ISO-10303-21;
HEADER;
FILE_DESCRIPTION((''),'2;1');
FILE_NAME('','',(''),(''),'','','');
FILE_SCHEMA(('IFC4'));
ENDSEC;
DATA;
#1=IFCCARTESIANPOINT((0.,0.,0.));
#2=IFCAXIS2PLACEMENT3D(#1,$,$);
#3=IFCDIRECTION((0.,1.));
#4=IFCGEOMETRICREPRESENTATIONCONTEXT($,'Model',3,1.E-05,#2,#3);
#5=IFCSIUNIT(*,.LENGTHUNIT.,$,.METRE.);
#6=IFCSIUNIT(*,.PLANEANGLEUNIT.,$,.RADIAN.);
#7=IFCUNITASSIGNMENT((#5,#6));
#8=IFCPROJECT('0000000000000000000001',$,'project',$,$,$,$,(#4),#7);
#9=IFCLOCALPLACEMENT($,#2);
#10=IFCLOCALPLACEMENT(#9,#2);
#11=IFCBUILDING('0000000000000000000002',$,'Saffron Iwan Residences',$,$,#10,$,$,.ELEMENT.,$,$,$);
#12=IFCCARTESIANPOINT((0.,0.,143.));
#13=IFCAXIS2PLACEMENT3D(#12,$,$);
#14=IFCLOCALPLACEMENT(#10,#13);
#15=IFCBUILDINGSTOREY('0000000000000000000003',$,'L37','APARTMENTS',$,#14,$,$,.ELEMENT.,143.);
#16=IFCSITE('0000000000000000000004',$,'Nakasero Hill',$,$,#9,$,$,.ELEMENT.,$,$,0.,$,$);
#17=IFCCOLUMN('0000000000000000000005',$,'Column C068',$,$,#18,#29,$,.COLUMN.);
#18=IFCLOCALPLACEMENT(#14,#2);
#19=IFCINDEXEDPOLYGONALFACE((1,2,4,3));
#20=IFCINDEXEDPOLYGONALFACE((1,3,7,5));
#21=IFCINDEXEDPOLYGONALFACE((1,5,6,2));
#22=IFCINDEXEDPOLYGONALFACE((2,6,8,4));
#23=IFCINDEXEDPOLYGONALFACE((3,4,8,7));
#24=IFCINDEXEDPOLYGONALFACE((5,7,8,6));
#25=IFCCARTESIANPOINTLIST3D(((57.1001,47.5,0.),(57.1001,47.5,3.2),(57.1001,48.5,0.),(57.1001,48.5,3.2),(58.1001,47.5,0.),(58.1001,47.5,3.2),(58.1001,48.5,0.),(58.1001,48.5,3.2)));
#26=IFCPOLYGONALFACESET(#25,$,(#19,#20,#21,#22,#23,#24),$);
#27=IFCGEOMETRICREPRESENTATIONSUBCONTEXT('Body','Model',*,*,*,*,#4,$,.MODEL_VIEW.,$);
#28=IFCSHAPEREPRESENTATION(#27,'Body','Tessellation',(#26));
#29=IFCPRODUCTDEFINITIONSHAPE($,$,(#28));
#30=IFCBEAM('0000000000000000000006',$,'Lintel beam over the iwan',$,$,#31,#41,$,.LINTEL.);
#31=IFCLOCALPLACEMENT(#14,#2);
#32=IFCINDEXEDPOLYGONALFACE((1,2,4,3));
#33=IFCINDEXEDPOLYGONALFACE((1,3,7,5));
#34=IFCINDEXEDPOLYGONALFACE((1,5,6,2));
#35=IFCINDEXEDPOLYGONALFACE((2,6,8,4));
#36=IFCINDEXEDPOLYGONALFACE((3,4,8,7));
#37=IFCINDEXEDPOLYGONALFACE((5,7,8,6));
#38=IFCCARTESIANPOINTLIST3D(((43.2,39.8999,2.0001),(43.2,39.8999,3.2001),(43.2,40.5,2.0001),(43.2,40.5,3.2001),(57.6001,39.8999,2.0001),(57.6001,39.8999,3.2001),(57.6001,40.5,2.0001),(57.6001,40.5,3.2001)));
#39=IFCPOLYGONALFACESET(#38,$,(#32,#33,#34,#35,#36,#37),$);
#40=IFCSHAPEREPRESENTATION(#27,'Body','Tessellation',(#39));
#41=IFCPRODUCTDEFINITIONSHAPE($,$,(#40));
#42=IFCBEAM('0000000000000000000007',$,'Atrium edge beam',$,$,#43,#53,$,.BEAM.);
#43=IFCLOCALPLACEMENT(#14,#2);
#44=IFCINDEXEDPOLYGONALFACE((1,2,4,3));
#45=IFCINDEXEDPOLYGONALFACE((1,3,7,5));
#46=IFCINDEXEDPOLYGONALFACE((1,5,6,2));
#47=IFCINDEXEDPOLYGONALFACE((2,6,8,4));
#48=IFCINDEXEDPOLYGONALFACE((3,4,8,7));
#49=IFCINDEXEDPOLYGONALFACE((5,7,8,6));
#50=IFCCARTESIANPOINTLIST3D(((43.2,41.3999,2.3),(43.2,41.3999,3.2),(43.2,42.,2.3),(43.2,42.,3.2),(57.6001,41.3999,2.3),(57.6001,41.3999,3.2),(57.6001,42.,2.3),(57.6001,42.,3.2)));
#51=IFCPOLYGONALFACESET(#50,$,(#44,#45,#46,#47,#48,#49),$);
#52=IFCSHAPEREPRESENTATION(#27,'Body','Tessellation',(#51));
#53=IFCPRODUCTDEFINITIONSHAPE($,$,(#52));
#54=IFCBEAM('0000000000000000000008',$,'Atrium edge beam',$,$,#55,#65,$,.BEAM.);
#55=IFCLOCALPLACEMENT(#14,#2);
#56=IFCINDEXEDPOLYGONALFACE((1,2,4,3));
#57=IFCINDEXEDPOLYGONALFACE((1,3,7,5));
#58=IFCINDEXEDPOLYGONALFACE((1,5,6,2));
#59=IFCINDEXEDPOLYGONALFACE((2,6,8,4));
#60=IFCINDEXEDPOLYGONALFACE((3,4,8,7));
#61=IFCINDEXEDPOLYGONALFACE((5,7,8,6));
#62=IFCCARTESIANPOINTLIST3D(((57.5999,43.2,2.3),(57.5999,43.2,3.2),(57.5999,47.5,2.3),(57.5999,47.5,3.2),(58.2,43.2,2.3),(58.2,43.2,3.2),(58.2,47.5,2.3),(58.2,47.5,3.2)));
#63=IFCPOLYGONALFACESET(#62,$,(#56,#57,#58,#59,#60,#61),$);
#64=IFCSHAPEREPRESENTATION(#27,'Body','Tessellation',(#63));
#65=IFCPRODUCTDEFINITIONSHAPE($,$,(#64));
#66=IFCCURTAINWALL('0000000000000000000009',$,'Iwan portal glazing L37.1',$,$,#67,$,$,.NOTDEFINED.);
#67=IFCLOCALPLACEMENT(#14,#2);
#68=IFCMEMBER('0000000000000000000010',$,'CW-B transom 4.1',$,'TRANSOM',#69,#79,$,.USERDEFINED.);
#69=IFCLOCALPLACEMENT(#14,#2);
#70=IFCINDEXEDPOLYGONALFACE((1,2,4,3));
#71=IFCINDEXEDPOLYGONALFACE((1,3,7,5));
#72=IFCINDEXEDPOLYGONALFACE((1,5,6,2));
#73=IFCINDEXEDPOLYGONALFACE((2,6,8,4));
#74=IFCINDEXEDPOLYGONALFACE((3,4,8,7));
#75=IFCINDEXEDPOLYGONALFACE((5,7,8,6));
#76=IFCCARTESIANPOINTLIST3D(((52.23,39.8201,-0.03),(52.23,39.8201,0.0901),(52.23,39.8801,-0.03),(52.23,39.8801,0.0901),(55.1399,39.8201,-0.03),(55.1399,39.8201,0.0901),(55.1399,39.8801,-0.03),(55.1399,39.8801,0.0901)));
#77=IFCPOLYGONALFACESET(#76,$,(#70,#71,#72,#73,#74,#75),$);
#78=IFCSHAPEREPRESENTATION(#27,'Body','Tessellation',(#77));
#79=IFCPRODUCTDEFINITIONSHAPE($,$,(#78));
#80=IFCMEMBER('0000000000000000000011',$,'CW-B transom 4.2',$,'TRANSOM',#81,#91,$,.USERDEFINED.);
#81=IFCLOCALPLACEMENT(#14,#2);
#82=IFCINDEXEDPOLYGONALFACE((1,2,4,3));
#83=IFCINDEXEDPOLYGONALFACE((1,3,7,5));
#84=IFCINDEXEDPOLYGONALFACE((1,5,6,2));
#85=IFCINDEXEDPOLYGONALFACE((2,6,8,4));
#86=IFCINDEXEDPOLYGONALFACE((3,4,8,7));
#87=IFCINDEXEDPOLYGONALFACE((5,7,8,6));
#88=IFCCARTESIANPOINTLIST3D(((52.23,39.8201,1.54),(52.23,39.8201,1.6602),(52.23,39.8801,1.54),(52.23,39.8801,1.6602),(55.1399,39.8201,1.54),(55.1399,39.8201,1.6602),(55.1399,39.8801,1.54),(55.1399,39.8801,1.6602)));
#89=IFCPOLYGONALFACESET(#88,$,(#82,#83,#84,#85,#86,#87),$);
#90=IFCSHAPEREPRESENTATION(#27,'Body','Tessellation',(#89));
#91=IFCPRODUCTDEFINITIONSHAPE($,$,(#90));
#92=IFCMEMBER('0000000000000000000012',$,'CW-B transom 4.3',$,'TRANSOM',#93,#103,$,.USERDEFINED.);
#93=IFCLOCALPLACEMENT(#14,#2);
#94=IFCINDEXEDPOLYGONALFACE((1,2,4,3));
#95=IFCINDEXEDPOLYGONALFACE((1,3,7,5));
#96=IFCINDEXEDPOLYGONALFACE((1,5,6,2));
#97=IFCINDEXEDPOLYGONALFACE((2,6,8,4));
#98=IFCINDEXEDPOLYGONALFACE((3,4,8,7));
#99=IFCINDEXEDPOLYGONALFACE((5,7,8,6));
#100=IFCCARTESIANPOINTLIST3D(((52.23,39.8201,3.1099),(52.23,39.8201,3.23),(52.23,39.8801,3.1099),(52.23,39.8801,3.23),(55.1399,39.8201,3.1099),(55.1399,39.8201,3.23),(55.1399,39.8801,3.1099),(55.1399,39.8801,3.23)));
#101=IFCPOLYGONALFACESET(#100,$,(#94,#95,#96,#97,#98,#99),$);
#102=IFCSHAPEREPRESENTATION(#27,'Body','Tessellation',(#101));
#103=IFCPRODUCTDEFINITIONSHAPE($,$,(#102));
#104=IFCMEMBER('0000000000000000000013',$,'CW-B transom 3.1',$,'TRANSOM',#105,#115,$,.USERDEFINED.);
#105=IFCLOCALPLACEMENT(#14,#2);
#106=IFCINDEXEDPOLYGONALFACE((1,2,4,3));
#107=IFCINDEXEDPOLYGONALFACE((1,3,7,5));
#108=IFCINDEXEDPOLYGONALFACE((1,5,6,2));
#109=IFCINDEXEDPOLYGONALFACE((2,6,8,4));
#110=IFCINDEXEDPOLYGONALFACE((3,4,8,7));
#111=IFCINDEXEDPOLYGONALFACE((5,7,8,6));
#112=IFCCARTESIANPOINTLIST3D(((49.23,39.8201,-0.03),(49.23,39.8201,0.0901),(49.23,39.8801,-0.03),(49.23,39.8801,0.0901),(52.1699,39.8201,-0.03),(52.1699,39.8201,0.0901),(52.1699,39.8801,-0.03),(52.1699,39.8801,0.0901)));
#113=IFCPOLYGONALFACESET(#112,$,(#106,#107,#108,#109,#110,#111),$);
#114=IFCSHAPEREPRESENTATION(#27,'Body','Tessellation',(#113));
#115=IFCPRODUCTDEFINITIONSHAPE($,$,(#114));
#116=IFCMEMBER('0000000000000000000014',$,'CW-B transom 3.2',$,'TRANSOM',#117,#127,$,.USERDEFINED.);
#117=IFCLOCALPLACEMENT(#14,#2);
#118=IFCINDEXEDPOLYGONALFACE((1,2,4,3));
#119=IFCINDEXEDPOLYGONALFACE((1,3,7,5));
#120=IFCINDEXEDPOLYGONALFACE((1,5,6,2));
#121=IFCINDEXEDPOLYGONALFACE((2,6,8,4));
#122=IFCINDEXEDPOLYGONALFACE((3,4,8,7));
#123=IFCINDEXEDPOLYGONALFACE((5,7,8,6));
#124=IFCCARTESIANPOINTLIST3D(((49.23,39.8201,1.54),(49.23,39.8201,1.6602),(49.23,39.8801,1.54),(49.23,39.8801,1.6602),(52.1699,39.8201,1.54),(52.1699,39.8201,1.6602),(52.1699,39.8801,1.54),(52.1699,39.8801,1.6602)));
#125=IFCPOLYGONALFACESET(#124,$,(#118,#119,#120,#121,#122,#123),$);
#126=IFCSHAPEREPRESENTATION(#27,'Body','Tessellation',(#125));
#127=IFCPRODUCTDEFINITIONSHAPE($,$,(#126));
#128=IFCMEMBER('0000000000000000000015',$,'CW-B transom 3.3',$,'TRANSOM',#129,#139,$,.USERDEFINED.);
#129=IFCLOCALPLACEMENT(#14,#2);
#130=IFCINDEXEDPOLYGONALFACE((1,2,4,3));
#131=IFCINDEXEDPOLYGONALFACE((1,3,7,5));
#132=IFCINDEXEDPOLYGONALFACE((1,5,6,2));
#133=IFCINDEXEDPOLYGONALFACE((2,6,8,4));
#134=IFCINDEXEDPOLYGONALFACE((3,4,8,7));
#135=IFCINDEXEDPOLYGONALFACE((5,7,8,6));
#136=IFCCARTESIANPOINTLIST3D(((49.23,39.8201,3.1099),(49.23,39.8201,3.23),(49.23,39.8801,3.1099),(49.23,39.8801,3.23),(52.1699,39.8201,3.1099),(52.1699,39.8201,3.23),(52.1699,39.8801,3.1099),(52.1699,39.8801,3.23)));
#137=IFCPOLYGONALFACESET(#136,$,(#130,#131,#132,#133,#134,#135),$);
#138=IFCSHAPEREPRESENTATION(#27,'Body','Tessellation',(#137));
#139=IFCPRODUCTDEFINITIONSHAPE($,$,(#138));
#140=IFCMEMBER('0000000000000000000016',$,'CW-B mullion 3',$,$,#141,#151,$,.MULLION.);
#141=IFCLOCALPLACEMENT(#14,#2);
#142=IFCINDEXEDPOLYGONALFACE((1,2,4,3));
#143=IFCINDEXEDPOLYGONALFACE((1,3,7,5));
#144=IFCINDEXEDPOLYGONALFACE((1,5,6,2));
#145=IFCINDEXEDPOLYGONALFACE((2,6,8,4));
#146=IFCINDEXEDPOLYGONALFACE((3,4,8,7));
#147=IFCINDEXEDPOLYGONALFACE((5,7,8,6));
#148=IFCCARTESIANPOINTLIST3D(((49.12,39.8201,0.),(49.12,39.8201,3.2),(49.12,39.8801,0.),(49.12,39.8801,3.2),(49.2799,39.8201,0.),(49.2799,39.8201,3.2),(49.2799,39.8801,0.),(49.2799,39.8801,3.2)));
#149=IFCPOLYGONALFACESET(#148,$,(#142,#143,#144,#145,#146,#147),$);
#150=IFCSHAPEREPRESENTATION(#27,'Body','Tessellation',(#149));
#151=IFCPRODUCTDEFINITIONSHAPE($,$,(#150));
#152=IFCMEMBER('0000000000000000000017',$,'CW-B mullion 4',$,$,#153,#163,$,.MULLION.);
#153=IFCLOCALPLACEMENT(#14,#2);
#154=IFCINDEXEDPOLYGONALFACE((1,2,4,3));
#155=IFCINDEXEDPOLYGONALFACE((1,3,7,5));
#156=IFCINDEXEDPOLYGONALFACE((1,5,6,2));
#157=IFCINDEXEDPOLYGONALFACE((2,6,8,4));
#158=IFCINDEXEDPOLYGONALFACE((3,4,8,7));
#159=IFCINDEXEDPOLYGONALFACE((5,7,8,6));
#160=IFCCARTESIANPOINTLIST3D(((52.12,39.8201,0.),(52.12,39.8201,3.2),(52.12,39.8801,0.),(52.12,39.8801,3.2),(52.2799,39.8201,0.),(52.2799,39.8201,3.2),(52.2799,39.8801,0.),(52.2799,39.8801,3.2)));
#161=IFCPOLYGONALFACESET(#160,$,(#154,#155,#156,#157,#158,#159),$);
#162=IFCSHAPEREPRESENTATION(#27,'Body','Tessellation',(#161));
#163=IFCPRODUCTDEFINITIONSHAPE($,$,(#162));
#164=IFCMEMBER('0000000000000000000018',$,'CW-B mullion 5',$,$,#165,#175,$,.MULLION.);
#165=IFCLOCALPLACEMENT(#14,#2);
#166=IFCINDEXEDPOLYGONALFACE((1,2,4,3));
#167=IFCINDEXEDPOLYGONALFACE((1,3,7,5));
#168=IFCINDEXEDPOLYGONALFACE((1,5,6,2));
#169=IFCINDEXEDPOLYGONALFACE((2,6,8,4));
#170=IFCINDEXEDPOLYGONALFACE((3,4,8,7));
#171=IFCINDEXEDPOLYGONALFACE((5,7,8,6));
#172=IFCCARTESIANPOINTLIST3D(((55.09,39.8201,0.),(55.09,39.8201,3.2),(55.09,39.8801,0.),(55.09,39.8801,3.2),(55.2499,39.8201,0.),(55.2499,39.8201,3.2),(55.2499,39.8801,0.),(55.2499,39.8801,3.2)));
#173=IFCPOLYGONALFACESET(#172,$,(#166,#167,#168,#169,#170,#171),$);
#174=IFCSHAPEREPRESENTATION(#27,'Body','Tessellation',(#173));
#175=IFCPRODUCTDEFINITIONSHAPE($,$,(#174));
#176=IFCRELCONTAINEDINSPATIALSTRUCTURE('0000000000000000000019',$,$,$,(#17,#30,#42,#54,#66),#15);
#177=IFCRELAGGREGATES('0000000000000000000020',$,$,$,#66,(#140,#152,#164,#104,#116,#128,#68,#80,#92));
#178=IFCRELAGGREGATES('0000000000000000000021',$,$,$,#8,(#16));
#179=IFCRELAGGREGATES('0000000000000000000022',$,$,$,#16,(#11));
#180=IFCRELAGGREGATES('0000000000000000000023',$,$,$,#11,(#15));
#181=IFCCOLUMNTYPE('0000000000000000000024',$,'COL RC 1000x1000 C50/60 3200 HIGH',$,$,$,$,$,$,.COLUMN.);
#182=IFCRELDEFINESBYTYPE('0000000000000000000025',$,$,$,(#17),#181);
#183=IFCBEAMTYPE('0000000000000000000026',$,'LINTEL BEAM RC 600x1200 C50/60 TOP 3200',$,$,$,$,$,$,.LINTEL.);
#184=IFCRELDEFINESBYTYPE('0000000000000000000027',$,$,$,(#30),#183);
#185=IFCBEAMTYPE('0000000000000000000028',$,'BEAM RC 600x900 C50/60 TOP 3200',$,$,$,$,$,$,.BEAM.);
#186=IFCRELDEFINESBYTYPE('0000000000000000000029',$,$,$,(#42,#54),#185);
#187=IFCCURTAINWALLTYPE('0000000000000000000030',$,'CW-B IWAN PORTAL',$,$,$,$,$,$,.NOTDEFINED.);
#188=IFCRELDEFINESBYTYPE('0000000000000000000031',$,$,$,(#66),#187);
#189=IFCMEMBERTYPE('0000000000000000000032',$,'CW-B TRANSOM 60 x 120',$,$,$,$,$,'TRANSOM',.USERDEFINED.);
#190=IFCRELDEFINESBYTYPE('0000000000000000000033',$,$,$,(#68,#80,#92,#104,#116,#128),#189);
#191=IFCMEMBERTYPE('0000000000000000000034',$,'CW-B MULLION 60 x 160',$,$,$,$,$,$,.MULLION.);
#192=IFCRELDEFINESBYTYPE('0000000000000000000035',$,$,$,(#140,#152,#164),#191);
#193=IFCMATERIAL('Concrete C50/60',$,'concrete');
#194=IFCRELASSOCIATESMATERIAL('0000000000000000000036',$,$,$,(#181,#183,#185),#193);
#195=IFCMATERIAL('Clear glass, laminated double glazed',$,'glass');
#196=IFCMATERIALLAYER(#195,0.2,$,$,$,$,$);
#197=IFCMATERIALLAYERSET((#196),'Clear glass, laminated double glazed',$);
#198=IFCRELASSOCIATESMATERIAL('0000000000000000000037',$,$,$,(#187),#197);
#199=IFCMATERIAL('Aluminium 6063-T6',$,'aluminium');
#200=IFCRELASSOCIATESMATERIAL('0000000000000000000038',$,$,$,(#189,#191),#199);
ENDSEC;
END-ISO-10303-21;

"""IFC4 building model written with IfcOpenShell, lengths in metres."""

from ifc_helpers import new_model, si_unit, direction, frame, origin, origin_2d, place, context, subcontext, project, spatial, rectangle, extrude, source, transform, mapped, material, layer, layer_set, material_profile, profile_set, type_object, element, aggregate, save


model = new_model("IFC4")

# Units and contexts
model_context = context("Model", 3, precision=1e-05, world=origin(), true_north=direction((0.0, 1.0)))
body_context = subcontext(model_context, "Body", "Model", "MODEL_VIEW")
ifc_project = project(units=[si_unit("LENGTHUNIT", "METRE"), si_unit("PLANEANGLEUNIT", "RADIAN")], contexts=[model_context])

# Site, building, storey
site_placement = place(None, origin())
site = spatial("IfcSite", under=ifc_project, at=site_placement, Name="Nakasero Hill", CompositionType="ELEMENT", RefElevation=0.0)
building_placement = place(site_placement, origin())
building = spatial("IfcBuilding", under=site, at=building_placement, Name="Saffron Iwan Residences", CompositionType="ELEMENT")
storey_placement = place(building_placement, frame((0.0, 0.0, 143.0)))
storey = spatial("IfcBuildingStorey", under=building, at=storey_placement, Name="L37", Description="APARTMENTS", CompositionType="ELEMENT", Elevation=143.0)

# Column
ifc_material_1 = material(Name="Concrete C50/60", Category="concrete")
ifc_material_profile_1 = material_profile(ifc_material_1, rectangle(XDim=1.0, YDim=1.0, at=origin_2d()), Name="RC 1000x1000")
ifc_profile_set_1 = profile_set([ifc_material_profile_1], Name="Concrete C50/60")
column_type = type_object("IfcColumnType", Name="COL RC 1000x1000 C50/60 3200 HIGH", PredefinedType="COLUMN", material=ifc_profile_set_1)
shared_shape_1 = source(origin(), body_context, "Body", "SweptSolid", [
    extrude(rectangle(XDim=1.0, YDim=1.0, at=origin_2d()), origin(), (0.0, 0.0, 1.0), 3.2),
])
column_placement = place(storey_placement, frame((57.6001, 48.0, 0.0), z_axis=(0.0, 0.0, 1.0), x_axis=(1.0, 0.0, 0.0)))
element("IfcColumn", 1, at=column_placement, inside=storey, type_object=column_type, Name="Column C068", PredefinedType="COLUMN", context=body_context, shape_type="MappedRepresentation", body=[
    mapped(shared_shape_1, transform((0.0, 0.0, 0.0))),
])

# Beams
ifc_material_profile_2 = material_profile(ifc_material_1, rectangle(XDim=0.6001, YDim=1.2, at=origin_2d()), Name="RC 600x1200")
ifc_profile_set_2 = profile_set([ifc_material_profile_2], Name="Concrete C50/60")
beam_type_1 = type_object("IfcBeamType", Name="LINTEL BEAM RC 600x1200 C50/60 TOP 3200", PredefinedType="LINTEL", material=ifc_profile_set_2)
shared_shape_2 = source(origin(), body_context, "Body", "SweptSolid", [
    extrude(rectangle(XDim=0.6001, YDim=1.2, at=origin_2d()), origin(), (0.0, 0.0, 1.0), 14.4001),
])
beam_1_placement = place(storey_placement, frame((57.6001, 40.2, 2.6001), z_axis=(-1.0, 0.0, 0.0), x_axis=(0.0, -1.0, 0.0)))
element("IfcBeam", 2, at=beam_1_placement, inside=storey, type_object=beam_type_1, Name="Lintel beam over the iwan", PredefinedType="LINTEL", context=body_context, shape_type="MappedRepresentation", body=[
    mapped(shared_shape_2, transform((0.0, 0.0, 0.0))),
])
ifc_material_profile_3 = material_profile(ifc_material_1, rectangle(XDim=0.6001, YDim=0.8999, at=origin_2d()), Name="RC 600x900")
ifc_profile_set_3 = profile_set([ifc_material_profile_3], Name="Concrete C50/60")
beam_type_2 = type_object("IfcBeamType", Name="BEAM RC 600x900 C50/60 TOP 3200", PredefinedType="BEAM", material=ifc_profile_set_3)
shared_shape_3 = source(origin(), body_context, "Body", "SweptSolid", [
    extrude(rectangle(XDim=0.6001, YDim=0.8999, at=origin_2d()), origin(), (0.0, 0.0, 1.0), 14.4001),
])
beam_2_placement = place(storey_placement, frame((57.6001, 41.7, 2.75), z_axis=(-1.0, 0.0, 0.0), x_axis=(0.0, -1.0, 0.0)))
element("IfcBeam", 3, at=beam_2_placement, inside=storey, type_object=beam_type_2, Name="Atrium edge beam", PredefinedType="BEAM", context=body_context, shape_type="MappedRepresentation", body=[
    mapped(shared_shape_3, transform((0.0, 0.0, 0.0))),
])
shared_shape_4 = source(origin(), body_context, "Body", "SweptSolid", [
    extrude(rectangle(XDim=0.6001, YDim=0.8999, at=origin_2d()), origin(), (0.0, 0.0, 1.0), 4.3),
])
beam_3_placement = place(storey_placement, frame((57.8999, 47.5, 2.75), z_axis=(0.0, -1.0, 0.0), x_axis=(1.0, 0.0, 0.0)))
element("IfcBeam", 4, at=beam_3_placement, inside=storey, type_object=beam_type_2, Name="Atrium edge beam", PredefinedType="BEAM", context=body_context, shape_type="MappedRepresentation", body=[
    mapped(shared_shape_4, transform((0.0, 0.0, 0.0))),
])

# Curtain wall, members
ifc_material_2 = material(Name="Clear glass, laminated double glazed", Category="glass")
ifc_layer_1 = layer(ifc_material_2, 0.2)
ifc_layer_set_1 = layer_set([ifc_layer_1], Name="Clear glass, laminated double glazed")
curtain_wall_type = type_object("IfcCurtainWallType", Name="CW-B IWAN PORTAL", PredefinedType="NOTDEFINED", material=ifc_layer_set_1)
curtain_wall_placement = place(storey_placement, origin())
curtain_wall = element("IfcCurtainWall", 5, at=curtain_wall_placement, inside=storey, type_object=curtain_wall_type, Name="Iwan portal glazing L37.1", PredefinedType="NOTDEFINED")
ifc_material_3 = material(Name="Aluminium 6063-T6", Category="aluminium")
ifc_material_profile_4 = material_profile(ifc_material_3, rectangle(XDim=0.0601, YDim=0.1201, at=origin_2d()), Name="CW-B TRANSOM 60 x 120")
ifc_profile_set_4 = profile_set([ifc_material_profile_4], Name="Aluminium 6063-T6")
member_type_1 = type_object("IfcMemberType", Name="CW-B TRANSOM 60 x 120", ElementType="TRANSOM", PredefinedType="USERDEFINED", material=ifc_profile_set_4)
shared_shape_5 = source(origin(), body_context, "Body", "SweptSolid", [
    extrude(rectangle(XDim=0.0601, YDim=0.1201, at=origin_2d()), origin(), (0.0, 0.0, 1.0), 2.9099),
])
member_1_placement = place(storey_placement, frame((52.23, 39.8501, 0.03), z_axis=(1.0, 0.0, 0.0), x_axis=(0.0, 1.0, 0.0)))
member_1 = element("IfcMember", 6, at=member_1_placement, type_object=member_type_1, Name="CW-B transom 4.1", ObjectType="TRANSOM", PredefinedType="USERDEFINED", context=body_context, shape_type="MappedRepresentation", body=[
    mapped(shared_shape_5, transform((0.0, 0.0, 0.0))),
])
member_2_placement = place(storey_placement, frame((52.23, 39.8501, 1.6001), z_axis=(1.0, 0.0, 0.0), x_axis=(0.0, 1.0, 0.0)))
member_2 = element("IfcMember", 7, at=member_2_placement, type_object=member_type_1, Name="CW-B transom 4.2", ObjectType="TRANSOM", PredefinedType="USERDEFINED", context=body_context, shape_type="MappedRepresentation", body=[
    mapped(shared_shape_5, transform((0.0, 0.0, 0.0))),
])
member_3_placement = place(storey_placement, frame((52.23, 39.8501, 3.1699), z_axis=(1.0, 0.0, 0.0), x_axis=(0.0, 1.0, 0.0)))
member_3 = element("IfcMember", 8, at=member_3_placement, type_object=member_type_1, Name="CW-B transom 4.3", ObjectType="TRANSOM", PredefinedType="USERDEFINED", context=body_context, shape_type="MappedRepresentation", body=[
    mapped(shared_shape_5, transform((0.0, 0.0, 0.0))),
])
shared_shape_6 = source(origin(), body_context, "Body", "SweptSolid", [
    extrude(rectangle(XDim=0.0601, YDim=0.1201, at=origin_2d()), origin(), (0.0, 0.0, 1.0), 2.9399),
])
member_4_placement = place(storey_placement, frame((49.23, 39.8501, 0.03), z_axis=(1.0, 0.0, 0.0), x_axis=(0.0, 1.0, 0.0)))
member_4 = element("IfcMember", 9, at=member_4_placement, type_object=member_type_1, Name="CW-B transom 3.1", ObjectType="TRANSOM", PredefinedType="USERDEFINED", context=body_context, shape_type="MappedRepresentation", body=[
    mapped(shared_shape_6, transform((0.0, 0.0, 0.0))),
])
member_5_placement = place(storey_placement, frame((49.23, 39.8501, 1.6001), z_axis=(1.0, 0.0, 0.0), x_axis=(0.0, 1.0, 0.0)))
member_5 = element("IfcMember", 10, at=member_5_placement, type_object=member_type_1, Name="CW-B transom 3.2", ObjectType="TRANSOM", PredefinedType="USERDEFINED", context=body_context, shape_type="MappedRepresentation", body=[
    mapped(shared_shape_6, transform((0.0, 0.0, 0.0))),
])
member_6_placement = place(storey_placement, frame((49.23, 39.8501, 3.1699), z_axis=(1.0, 0.0, 0.0), x_axis=(0.0, 1.0, 0.0)))
member_6 = element("IfcMember", 11, at=member_6_placement, type_object=member_type_1, Name="CW-B transom 3.3", ObjectType="TRANSOM", PredefinedType="USERDEFINED", context=body_context, shape_type="MappedRepresentation", body=[
    mapped(shared_shape_6, transform((0.0, 0.0, 0.0))),
])
ifc_material_profile_5 = material_profile(ifc_material_3, rectangle(XDim=0.0601, YDim=0.1599, at=origin_2d()), Name="CW-B MULLION 60 x 160")
ifc_profile_set_5 = profile_set([ifc_material_profile_5], Name="Aluminium 6063-T6")
member_type_2 = type_object("IfcMemberType", Name="CW-B MULLION 60 x 160", PredefinedType="MULLION", material=ifc_profile_set_5)
shared_shape_7 = source(origin(), body_context, "Body", "SweptSolid", [
    extrude(rectangle(XDim=0.0601, YDim=0.1599, at=origin_2d()), origin(), (0.0, 0.0, 1.0), 3.2),
])
member_7_placement = place(storey_placement, frame((49.2, 39.8501, 0.0), z_axis=(0.0, 0.0, 1.0), x_axis=(0.0, 1.0, 0.0)))
member_7 = element("IfcMember", 12, at=member_7_placement, type_object=member_type_2, Name="CW-B mullion 3", PredefinedType="MULLION", context=body_context, shape_type="MappedRepresentation", body=[
    mapped(shared_shape_7, transform((0.0, 0.0, 0.0))),
])
member_8_placement = place(storey_placement, frame((52.2, 39.8501, 0.0), z_axis=(0.0, 0.0, 1.0), x_axis=(0.0, 1.0, 0.0)))
member_8 = element("IfcMember", 13, at=member_8_placement, type_object=member_type_2, Name="CW-B mullion 4", PredefinedType="MULLION", context=body_context, shape_type="MappedRepresentation", body=[
    mapped(shared_shape_7, transform((0.0, 0.0, 0.0))),
])
member_9_placement = place(storey_placement, frame((55.1699, 39.8501, 0.0), z_axis=(0.0, 0.0, 1.0), x_axis=(0.0, 1.0, 0.0)))
member_9 = element("IfcMember", 14, at=member_9_placement, type_object=member_type_2, Name="CW-B mullion 5", PredefinedType="MULLION", context=body_context, shape_type="MappedRepresentation", body=[
    mapped(shared_shape_7, transform((0.0, 0.0, 0.0))),
])
aggregate(curtain_wall, [member_7, member_8, member_9, member_4, member_5, member_6, member_1, member_2, member_3])

save(model, "model.ifc")
